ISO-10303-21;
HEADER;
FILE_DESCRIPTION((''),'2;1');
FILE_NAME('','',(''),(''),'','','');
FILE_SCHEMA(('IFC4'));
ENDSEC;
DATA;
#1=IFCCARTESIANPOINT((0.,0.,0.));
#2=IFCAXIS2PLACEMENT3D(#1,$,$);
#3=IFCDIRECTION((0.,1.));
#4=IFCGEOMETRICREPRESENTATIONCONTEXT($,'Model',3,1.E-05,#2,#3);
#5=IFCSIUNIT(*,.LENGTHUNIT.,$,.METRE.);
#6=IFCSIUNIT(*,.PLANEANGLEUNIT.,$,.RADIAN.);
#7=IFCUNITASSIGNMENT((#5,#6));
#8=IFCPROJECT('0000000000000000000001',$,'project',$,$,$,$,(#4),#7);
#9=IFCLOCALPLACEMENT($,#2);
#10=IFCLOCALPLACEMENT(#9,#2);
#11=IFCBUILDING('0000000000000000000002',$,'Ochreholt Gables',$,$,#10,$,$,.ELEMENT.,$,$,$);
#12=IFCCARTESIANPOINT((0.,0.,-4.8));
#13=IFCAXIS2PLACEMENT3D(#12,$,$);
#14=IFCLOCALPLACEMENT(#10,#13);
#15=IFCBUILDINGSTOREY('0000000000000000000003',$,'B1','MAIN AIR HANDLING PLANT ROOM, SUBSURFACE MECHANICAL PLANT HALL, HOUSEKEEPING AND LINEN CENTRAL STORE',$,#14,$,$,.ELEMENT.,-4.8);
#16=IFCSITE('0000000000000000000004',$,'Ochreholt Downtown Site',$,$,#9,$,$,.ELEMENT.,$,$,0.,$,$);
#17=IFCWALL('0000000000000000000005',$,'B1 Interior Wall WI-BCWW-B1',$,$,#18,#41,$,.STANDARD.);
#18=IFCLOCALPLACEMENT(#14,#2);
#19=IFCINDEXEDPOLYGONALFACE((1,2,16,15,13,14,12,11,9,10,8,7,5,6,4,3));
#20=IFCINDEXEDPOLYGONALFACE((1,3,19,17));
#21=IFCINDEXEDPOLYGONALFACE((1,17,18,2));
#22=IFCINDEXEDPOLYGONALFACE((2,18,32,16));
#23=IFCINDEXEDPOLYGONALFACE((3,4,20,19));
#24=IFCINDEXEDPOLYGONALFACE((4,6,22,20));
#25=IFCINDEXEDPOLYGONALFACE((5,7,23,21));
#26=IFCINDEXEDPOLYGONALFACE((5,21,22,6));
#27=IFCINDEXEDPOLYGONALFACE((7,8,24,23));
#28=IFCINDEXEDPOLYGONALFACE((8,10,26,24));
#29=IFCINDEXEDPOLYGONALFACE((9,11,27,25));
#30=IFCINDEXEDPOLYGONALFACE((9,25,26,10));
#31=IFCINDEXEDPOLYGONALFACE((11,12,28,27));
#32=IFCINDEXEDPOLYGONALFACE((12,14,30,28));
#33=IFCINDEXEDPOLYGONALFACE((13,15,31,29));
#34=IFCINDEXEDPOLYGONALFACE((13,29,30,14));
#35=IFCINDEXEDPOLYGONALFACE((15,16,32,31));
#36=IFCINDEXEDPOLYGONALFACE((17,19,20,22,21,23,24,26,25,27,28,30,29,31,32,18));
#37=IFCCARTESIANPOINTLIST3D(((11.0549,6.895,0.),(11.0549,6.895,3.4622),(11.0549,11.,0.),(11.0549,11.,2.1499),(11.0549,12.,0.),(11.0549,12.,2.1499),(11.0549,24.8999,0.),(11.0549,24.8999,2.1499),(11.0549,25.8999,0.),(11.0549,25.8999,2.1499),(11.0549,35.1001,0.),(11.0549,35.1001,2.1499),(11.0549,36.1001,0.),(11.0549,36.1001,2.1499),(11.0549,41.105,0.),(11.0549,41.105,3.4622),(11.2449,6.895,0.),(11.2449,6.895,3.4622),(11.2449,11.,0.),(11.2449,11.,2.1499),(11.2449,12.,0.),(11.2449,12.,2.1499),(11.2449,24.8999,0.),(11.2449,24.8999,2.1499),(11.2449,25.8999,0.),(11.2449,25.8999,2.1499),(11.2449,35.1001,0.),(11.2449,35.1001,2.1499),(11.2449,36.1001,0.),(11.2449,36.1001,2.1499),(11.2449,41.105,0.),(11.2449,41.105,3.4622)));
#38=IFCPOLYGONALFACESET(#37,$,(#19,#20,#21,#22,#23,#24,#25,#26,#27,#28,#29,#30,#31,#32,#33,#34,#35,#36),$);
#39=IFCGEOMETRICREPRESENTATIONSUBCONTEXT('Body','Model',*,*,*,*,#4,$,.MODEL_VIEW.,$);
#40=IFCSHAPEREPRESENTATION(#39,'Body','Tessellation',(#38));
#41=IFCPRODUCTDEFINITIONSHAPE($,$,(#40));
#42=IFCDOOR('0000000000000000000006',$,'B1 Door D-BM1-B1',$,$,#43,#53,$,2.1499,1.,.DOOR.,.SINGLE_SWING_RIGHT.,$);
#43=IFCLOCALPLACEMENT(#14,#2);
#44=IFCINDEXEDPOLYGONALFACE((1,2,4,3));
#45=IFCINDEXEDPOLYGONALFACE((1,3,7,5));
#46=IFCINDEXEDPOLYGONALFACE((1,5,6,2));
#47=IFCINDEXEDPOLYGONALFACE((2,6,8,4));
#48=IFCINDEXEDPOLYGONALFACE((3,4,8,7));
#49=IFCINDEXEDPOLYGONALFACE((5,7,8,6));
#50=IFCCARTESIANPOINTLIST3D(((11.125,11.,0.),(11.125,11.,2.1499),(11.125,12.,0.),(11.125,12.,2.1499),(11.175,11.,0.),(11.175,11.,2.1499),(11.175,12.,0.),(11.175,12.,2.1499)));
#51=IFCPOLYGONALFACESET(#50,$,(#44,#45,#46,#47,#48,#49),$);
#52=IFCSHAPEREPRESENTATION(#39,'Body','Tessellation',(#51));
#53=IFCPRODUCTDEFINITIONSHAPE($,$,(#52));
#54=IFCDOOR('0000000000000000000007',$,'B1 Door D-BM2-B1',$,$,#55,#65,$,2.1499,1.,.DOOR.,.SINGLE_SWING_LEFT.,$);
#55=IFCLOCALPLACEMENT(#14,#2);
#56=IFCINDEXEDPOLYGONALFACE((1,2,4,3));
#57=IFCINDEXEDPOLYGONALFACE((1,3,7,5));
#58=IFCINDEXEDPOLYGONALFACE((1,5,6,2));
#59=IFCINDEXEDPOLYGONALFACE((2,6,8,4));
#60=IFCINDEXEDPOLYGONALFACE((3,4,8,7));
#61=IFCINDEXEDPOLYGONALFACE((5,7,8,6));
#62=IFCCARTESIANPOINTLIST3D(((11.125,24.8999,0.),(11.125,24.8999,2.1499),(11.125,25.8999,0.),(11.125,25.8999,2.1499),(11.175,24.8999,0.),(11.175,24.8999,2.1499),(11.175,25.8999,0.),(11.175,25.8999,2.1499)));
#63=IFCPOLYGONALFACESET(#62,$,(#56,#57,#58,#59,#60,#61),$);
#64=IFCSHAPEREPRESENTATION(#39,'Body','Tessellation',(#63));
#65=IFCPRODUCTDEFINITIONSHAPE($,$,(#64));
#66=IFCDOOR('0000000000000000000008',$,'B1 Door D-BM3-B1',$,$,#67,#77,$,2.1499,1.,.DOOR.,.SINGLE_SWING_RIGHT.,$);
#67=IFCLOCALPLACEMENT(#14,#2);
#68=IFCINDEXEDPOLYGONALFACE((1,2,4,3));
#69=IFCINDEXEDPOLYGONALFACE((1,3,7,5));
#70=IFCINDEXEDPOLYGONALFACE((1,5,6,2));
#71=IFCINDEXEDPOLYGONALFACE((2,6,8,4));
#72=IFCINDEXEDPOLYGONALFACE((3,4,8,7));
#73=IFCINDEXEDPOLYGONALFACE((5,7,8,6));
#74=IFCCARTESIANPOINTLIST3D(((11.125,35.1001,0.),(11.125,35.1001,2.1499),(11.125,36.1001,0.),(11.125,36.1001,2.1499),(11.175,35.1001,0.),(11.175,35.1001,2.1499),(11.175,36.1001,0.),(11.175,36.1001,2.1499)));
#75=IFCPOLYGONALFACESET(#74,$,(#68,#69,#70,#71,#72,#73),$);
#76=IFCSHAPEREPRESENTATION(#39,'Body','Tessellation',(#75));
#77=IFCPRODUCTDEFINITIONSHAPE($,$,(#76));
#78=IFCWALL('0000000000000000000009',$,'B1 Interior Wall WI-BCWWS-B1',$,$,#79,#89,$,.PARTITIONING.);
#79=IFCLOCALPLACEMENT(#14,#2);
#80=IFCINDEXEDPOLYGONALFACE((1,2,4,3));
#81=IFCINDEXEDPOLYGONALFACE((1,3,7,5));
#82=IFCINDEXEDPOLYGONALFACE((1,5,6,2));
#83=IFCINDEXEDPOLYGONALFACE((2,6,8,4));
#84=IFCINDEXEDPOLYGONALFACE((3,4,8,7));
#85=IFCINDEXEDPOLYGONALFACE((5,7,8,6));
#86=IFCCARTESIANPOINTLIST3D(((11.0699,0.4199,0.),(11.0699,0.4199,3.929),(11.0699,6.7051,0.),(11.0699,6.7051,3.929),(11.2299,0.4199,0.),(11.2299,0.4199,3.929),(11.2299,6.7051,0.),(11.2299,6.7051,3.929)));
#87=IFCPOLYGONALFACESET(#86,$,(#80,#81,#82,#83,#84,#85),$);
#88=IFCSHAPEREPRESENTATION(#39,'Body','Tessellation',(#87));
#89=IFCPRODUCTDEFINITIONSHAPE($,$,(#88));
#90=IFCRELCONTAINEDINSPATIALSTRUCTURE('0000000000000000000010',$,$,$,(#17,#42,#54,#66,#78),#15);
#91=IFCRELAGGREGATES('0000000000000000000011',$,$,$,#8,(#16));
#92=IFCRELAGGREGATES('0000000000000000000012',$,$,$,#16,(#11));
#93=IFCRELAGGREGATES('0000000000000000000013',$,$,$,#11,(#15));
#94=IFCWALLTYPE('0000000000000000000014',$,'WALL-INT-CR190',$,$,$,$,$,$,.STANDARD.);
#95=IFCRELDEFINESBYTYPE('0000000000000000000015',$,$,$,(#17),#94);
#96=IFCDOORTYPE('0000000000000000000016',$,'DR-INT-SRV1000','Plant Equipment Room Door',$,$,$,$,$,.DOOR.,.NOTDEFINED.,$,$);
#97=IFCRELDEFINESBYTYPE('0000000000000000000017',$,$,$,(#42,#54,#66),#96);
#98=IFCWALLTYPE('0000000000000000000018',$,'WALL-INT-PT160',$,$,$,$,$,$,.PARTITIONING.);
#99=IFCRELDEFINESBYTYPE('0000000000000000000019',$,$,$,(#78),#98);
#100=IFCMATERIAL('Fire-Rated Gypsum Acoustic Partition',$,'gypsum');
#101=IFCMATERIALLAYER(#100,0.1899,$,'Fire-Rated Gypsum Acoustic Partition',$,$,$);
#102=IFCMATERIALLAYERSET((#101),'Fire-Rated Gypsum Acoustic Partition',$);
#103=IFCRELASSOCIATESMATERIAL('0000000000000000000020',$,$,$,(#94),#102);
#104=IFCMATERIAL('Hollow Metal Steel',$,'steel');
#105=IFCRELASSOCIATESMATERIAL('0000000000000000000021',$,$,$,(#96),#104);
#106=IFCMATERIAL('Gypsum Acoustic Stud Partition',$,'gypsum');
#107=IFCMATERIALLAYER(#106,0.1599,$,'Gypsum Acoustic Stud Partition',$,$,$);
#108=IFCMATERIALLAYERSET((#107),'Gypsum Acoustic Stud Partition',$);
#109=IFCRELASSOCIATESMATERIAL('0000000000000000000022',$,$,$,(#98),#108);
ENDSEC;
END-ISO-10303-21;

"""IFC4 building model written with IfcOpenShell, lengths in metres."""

from ifc_helpers import new_model, si_unit, direction, frame, frame_2d, origin, place, context, subcontext, project, spatial, rectangle, extrude, material, layer, layer_set, type_object, element, fill, save


model = new_model("IFC4")

# Units and contexts
model_context = context("Model", 3, precision=1e-05, world=origin(), true_north=direction((0.0, 1.0)))
body_context = subcontext(model_context, "Body", "Model", "MODEL_VIEW")
ifc_project = project(units=[si_unit("LENGTHUNIT", "METRE"), si_unit("PLANEANGLEUNIT", "RADIAN")], contexts=[model_context])

# Site, building, storey
site_placement = place(None, origin())
site = spatial("IfcSite", under=ifc_project, at=site_placement, Name="Ochreholt Downtown Site", CompositionType="ELEMENT", RefElevation=0.0)
building_placement = place(site_placement, origin())
building = spatial("IfcBuilding", under=site, at=building_placement, Name="Ochreholt Gables", CompositionType="ELEMENT")
storey_placement = place(building_placement, frame((0.0, 0.0, -4.8)))
storey = spatial("IfcBuildingStorey", under=building, at=storey_placement, Name="B1", Description="MAIN AIR HANDLING PLANT ROOM, SUBSURFACE MECHANICAL PLANT HALL, HOUSEKEEPING AND LINEN CENTRAL STORE", CompositionType="ELEMENT", Elevation=-4.8)

# Shared definitions
ifc_material_1 = material(Name="Fire-Rated Gypsum Acoustic Partition", Category="gypsum")
ifc_layer_1 = layer(ifc_material_1, 0.1899, Name="Fire-Rated Gypsum Acoustic Partition")
ifc_layer_set_1 = layer_set([ifc_layer_1], Name="Fire-Rated Gypsum Acoustic Partition")
wall_type_1 = type_object("IfcWallType", Name="WALL-INT-CR190", PredefinedType="STANDARD", material=ifc_layer_set_1)
ifc_material_2 = material(Name="Hollow Metal Steel", Category="steel")
door_type = type_object("IfcDoorType", Name="DR-INT-SRV1000", Description="Plant Equipment Room Door", OperationType="NOTDEFINED", PredefinedType="DOOR", material=ifc_material_2)

# Wall, openings, doors
wall_1_placement = place(storey_placement, frame((11.1499, 6.895, 0.0), z_axis=(0.0, 0.0, 1.0), x_axis=(0.0, 1.0, 0.0)))
wall_1 = element("IfcWall", 1, at=wall_1_placement, inside=storey, type_object=wall_type_1, Name="B1 Interior Wall WI-BCWW-B1", PredefinedType="STANDARD", context=body_context, shape_type="SweptSolid", body=[
    extrude(rectangle(XDim=34.21, YDim=0.1899, at=frame_2d((17.105, 0.0))), origin(), (0.0, 0.0, 1.0), 3.4622),
])
opening_1_placement = place(wall_1_placement, frame((4.105, 0.0, 0.0)))
opening_1 = element("IfcOpeningElement", 2, at=opening_1_placement, cuts=wall_1, PredefinedType="OPENING", context=body_context, shape_type="SweptSolid", body=[
    extrude(rectangle(XDim=1.0, YDim=2.1499, at=frame_2d((0.5, 1.075))), frame((0.0, 0.105, 0.0), z_axis=(0.0, -1.0, 0.0), x_axis=(1.0, 0.0, 0.0)), (0.0, 0.0, 1.0), 0.21),
])
opening_2_placement = place(wall_1_placement, frame((18.0049, 0.0, 0.0)))
opening_2 = element("IfcOpeningElement", 3, at=opening_2_placement, cuts=wall_1, PredefinedType="OPENING", context=body_context, shape_type="SweptSolid", body=[
    extrude(rectangle(XDim=1.0, YDim=2.1499, at=frame_2d((0.5, 1.075))), frame((0.0, 0.105, 0.0), z_axis=(0.0, -1.0, 0.0), x_axis=(1.0, 0.0, 0.0)), (0.0, 0.0, 1.0), 0.21),
])
opening_3_placement = place(wall_1_placement, frame((28.2051, 0.0, 0.0)))
opening_3 = element("IfcOpeningElement", 4, at=opening_3_placement, cuts=wall_1, PredefinedType="OPENING", context=body_context, shape_type="SweptSolid", body=[
    extrude(rectangle(XDim=1.0, YDim=2.1499, at=frame_2d((0.5, 1.075))), frame((0.0, 0.105, 0.0), z_axis=(0.0, -1.0, 0.0), x_axis=(1.0, 0.0, 0.0)), (0.0, 0.0, 1.0), 0.21),
])
door_1_placement = place(opening_1_placement, origin())
door_1 = element("IfcDoor", 5, at=door_1_placement, inside=storey, type_object=door_type, Name="B1 Door D-BM1-B1", OperationType="SINGLE_SWING_RIGHT", OverallHeight=2.1499, OverallWidth=1.0, PredefinedType="DOOR", context=body_context, shape_type="SweptSolid", body=[
    extrude(rectangle(XDim=1.0, YDim=2.1499, at=frame_2d((0.5, 1.075))), frame((0.0, 0.0249, 0.0), z_axis=(0.0, -1.0, 0.0), x_axis=(1.0, 0.0, 0.0)), (0.0, 0.0, 1.0), 0.05),
])
fill(opening_1, door_1)
door_2_placement = place(opening_2_placement, origin())
door_2 = element("IfcDoor", 6, at=door_2_placement, inside=storey, type_object=door_type, Name="B1 Door D-BM2-B1", OperationType="SINGLE_SWING_LEFT", OverallHeight=2.1499, OverallWidth=1.0, PredefinedType="DOOR", context=body_context, shape_type="SweptSolid", body=[
    extrude(rectangle(XDim=1.0, YDim=2.1499, at=frame_2d((0.5, 1.075))), frame((0.0, 0.0249, 0.0), z_axis=(0.0, -1.0, 0.0), x_axis=(1.0, 0.0, 0.0)), (0.0, 0.0, 1.0), 0.05),
])
fill(opening_2, door_2)
door_3_placement = place(opening_3_placement, origin())
door_3 = element("IfcDoor", 7, at=door_3_placement, inside=storey, type_object=door_type, Name="B1 Door D-BM3-B1", OperationType="SINGLE_SWING_RIGHT", OverallHeight=2.1499, OverallWidth=1.0, PredefinedType="DOOR", context=body_context, shape_type="SweptSolid", body=[
    extrude(rectangle(XDim=1.0, YDim=2.1499, at=frame_2d((0.5, 1.075))), frame((0.0, 0.0249, 0.0), z_axis=(0.0, -1.0, 0.0), x_axis=(1.0, 0.0, 0.0)), (0.0, 0.0, 1.0), 0.05),
])
fill(opening_3, door_3)

# Wall
ifc_material_3 = material(Name="Gypsum Acoustic Stud Partition", Category="gypsum")
ifc_layer_2 = layer(ifc_material_3, 0.1599, Name="Gypsum Acoustic Stud Partition")
ifc_layer_set_2 = layer_set([ifc_layer_2], Name="Gypsum Acoustic Stud Partition")
wall_type_2 = type_object("IfcWallType", Name="WALL-INT-PT160", PredefinedType="PARTITIONING", material=ifc_layer_set_2)
wall_2_placement = place(storey_placement, frame((11.1499, 0.4199, 0.0), z_axis=(0.0, 0.0, 1.0), x_axis=(0.0, 1.0, 0.0)))
element("IfcWall", 8, at=wall_2_placement, inside=storey, type_object=wall_type_2, Name="B1 Interior Wall WI-BCWWS-B1", PredefinedType="PARTITIONING", context=body_context, shape_type="SweptSolid", body=[
    extrude(rectangle(XDim=6.2852, YDim=0.1599, at=frame_2d((3.1426, 0.0))), origin(), (0.0, 0.0, 1.0), 3.929),
])

save(model, "model.ifc")
